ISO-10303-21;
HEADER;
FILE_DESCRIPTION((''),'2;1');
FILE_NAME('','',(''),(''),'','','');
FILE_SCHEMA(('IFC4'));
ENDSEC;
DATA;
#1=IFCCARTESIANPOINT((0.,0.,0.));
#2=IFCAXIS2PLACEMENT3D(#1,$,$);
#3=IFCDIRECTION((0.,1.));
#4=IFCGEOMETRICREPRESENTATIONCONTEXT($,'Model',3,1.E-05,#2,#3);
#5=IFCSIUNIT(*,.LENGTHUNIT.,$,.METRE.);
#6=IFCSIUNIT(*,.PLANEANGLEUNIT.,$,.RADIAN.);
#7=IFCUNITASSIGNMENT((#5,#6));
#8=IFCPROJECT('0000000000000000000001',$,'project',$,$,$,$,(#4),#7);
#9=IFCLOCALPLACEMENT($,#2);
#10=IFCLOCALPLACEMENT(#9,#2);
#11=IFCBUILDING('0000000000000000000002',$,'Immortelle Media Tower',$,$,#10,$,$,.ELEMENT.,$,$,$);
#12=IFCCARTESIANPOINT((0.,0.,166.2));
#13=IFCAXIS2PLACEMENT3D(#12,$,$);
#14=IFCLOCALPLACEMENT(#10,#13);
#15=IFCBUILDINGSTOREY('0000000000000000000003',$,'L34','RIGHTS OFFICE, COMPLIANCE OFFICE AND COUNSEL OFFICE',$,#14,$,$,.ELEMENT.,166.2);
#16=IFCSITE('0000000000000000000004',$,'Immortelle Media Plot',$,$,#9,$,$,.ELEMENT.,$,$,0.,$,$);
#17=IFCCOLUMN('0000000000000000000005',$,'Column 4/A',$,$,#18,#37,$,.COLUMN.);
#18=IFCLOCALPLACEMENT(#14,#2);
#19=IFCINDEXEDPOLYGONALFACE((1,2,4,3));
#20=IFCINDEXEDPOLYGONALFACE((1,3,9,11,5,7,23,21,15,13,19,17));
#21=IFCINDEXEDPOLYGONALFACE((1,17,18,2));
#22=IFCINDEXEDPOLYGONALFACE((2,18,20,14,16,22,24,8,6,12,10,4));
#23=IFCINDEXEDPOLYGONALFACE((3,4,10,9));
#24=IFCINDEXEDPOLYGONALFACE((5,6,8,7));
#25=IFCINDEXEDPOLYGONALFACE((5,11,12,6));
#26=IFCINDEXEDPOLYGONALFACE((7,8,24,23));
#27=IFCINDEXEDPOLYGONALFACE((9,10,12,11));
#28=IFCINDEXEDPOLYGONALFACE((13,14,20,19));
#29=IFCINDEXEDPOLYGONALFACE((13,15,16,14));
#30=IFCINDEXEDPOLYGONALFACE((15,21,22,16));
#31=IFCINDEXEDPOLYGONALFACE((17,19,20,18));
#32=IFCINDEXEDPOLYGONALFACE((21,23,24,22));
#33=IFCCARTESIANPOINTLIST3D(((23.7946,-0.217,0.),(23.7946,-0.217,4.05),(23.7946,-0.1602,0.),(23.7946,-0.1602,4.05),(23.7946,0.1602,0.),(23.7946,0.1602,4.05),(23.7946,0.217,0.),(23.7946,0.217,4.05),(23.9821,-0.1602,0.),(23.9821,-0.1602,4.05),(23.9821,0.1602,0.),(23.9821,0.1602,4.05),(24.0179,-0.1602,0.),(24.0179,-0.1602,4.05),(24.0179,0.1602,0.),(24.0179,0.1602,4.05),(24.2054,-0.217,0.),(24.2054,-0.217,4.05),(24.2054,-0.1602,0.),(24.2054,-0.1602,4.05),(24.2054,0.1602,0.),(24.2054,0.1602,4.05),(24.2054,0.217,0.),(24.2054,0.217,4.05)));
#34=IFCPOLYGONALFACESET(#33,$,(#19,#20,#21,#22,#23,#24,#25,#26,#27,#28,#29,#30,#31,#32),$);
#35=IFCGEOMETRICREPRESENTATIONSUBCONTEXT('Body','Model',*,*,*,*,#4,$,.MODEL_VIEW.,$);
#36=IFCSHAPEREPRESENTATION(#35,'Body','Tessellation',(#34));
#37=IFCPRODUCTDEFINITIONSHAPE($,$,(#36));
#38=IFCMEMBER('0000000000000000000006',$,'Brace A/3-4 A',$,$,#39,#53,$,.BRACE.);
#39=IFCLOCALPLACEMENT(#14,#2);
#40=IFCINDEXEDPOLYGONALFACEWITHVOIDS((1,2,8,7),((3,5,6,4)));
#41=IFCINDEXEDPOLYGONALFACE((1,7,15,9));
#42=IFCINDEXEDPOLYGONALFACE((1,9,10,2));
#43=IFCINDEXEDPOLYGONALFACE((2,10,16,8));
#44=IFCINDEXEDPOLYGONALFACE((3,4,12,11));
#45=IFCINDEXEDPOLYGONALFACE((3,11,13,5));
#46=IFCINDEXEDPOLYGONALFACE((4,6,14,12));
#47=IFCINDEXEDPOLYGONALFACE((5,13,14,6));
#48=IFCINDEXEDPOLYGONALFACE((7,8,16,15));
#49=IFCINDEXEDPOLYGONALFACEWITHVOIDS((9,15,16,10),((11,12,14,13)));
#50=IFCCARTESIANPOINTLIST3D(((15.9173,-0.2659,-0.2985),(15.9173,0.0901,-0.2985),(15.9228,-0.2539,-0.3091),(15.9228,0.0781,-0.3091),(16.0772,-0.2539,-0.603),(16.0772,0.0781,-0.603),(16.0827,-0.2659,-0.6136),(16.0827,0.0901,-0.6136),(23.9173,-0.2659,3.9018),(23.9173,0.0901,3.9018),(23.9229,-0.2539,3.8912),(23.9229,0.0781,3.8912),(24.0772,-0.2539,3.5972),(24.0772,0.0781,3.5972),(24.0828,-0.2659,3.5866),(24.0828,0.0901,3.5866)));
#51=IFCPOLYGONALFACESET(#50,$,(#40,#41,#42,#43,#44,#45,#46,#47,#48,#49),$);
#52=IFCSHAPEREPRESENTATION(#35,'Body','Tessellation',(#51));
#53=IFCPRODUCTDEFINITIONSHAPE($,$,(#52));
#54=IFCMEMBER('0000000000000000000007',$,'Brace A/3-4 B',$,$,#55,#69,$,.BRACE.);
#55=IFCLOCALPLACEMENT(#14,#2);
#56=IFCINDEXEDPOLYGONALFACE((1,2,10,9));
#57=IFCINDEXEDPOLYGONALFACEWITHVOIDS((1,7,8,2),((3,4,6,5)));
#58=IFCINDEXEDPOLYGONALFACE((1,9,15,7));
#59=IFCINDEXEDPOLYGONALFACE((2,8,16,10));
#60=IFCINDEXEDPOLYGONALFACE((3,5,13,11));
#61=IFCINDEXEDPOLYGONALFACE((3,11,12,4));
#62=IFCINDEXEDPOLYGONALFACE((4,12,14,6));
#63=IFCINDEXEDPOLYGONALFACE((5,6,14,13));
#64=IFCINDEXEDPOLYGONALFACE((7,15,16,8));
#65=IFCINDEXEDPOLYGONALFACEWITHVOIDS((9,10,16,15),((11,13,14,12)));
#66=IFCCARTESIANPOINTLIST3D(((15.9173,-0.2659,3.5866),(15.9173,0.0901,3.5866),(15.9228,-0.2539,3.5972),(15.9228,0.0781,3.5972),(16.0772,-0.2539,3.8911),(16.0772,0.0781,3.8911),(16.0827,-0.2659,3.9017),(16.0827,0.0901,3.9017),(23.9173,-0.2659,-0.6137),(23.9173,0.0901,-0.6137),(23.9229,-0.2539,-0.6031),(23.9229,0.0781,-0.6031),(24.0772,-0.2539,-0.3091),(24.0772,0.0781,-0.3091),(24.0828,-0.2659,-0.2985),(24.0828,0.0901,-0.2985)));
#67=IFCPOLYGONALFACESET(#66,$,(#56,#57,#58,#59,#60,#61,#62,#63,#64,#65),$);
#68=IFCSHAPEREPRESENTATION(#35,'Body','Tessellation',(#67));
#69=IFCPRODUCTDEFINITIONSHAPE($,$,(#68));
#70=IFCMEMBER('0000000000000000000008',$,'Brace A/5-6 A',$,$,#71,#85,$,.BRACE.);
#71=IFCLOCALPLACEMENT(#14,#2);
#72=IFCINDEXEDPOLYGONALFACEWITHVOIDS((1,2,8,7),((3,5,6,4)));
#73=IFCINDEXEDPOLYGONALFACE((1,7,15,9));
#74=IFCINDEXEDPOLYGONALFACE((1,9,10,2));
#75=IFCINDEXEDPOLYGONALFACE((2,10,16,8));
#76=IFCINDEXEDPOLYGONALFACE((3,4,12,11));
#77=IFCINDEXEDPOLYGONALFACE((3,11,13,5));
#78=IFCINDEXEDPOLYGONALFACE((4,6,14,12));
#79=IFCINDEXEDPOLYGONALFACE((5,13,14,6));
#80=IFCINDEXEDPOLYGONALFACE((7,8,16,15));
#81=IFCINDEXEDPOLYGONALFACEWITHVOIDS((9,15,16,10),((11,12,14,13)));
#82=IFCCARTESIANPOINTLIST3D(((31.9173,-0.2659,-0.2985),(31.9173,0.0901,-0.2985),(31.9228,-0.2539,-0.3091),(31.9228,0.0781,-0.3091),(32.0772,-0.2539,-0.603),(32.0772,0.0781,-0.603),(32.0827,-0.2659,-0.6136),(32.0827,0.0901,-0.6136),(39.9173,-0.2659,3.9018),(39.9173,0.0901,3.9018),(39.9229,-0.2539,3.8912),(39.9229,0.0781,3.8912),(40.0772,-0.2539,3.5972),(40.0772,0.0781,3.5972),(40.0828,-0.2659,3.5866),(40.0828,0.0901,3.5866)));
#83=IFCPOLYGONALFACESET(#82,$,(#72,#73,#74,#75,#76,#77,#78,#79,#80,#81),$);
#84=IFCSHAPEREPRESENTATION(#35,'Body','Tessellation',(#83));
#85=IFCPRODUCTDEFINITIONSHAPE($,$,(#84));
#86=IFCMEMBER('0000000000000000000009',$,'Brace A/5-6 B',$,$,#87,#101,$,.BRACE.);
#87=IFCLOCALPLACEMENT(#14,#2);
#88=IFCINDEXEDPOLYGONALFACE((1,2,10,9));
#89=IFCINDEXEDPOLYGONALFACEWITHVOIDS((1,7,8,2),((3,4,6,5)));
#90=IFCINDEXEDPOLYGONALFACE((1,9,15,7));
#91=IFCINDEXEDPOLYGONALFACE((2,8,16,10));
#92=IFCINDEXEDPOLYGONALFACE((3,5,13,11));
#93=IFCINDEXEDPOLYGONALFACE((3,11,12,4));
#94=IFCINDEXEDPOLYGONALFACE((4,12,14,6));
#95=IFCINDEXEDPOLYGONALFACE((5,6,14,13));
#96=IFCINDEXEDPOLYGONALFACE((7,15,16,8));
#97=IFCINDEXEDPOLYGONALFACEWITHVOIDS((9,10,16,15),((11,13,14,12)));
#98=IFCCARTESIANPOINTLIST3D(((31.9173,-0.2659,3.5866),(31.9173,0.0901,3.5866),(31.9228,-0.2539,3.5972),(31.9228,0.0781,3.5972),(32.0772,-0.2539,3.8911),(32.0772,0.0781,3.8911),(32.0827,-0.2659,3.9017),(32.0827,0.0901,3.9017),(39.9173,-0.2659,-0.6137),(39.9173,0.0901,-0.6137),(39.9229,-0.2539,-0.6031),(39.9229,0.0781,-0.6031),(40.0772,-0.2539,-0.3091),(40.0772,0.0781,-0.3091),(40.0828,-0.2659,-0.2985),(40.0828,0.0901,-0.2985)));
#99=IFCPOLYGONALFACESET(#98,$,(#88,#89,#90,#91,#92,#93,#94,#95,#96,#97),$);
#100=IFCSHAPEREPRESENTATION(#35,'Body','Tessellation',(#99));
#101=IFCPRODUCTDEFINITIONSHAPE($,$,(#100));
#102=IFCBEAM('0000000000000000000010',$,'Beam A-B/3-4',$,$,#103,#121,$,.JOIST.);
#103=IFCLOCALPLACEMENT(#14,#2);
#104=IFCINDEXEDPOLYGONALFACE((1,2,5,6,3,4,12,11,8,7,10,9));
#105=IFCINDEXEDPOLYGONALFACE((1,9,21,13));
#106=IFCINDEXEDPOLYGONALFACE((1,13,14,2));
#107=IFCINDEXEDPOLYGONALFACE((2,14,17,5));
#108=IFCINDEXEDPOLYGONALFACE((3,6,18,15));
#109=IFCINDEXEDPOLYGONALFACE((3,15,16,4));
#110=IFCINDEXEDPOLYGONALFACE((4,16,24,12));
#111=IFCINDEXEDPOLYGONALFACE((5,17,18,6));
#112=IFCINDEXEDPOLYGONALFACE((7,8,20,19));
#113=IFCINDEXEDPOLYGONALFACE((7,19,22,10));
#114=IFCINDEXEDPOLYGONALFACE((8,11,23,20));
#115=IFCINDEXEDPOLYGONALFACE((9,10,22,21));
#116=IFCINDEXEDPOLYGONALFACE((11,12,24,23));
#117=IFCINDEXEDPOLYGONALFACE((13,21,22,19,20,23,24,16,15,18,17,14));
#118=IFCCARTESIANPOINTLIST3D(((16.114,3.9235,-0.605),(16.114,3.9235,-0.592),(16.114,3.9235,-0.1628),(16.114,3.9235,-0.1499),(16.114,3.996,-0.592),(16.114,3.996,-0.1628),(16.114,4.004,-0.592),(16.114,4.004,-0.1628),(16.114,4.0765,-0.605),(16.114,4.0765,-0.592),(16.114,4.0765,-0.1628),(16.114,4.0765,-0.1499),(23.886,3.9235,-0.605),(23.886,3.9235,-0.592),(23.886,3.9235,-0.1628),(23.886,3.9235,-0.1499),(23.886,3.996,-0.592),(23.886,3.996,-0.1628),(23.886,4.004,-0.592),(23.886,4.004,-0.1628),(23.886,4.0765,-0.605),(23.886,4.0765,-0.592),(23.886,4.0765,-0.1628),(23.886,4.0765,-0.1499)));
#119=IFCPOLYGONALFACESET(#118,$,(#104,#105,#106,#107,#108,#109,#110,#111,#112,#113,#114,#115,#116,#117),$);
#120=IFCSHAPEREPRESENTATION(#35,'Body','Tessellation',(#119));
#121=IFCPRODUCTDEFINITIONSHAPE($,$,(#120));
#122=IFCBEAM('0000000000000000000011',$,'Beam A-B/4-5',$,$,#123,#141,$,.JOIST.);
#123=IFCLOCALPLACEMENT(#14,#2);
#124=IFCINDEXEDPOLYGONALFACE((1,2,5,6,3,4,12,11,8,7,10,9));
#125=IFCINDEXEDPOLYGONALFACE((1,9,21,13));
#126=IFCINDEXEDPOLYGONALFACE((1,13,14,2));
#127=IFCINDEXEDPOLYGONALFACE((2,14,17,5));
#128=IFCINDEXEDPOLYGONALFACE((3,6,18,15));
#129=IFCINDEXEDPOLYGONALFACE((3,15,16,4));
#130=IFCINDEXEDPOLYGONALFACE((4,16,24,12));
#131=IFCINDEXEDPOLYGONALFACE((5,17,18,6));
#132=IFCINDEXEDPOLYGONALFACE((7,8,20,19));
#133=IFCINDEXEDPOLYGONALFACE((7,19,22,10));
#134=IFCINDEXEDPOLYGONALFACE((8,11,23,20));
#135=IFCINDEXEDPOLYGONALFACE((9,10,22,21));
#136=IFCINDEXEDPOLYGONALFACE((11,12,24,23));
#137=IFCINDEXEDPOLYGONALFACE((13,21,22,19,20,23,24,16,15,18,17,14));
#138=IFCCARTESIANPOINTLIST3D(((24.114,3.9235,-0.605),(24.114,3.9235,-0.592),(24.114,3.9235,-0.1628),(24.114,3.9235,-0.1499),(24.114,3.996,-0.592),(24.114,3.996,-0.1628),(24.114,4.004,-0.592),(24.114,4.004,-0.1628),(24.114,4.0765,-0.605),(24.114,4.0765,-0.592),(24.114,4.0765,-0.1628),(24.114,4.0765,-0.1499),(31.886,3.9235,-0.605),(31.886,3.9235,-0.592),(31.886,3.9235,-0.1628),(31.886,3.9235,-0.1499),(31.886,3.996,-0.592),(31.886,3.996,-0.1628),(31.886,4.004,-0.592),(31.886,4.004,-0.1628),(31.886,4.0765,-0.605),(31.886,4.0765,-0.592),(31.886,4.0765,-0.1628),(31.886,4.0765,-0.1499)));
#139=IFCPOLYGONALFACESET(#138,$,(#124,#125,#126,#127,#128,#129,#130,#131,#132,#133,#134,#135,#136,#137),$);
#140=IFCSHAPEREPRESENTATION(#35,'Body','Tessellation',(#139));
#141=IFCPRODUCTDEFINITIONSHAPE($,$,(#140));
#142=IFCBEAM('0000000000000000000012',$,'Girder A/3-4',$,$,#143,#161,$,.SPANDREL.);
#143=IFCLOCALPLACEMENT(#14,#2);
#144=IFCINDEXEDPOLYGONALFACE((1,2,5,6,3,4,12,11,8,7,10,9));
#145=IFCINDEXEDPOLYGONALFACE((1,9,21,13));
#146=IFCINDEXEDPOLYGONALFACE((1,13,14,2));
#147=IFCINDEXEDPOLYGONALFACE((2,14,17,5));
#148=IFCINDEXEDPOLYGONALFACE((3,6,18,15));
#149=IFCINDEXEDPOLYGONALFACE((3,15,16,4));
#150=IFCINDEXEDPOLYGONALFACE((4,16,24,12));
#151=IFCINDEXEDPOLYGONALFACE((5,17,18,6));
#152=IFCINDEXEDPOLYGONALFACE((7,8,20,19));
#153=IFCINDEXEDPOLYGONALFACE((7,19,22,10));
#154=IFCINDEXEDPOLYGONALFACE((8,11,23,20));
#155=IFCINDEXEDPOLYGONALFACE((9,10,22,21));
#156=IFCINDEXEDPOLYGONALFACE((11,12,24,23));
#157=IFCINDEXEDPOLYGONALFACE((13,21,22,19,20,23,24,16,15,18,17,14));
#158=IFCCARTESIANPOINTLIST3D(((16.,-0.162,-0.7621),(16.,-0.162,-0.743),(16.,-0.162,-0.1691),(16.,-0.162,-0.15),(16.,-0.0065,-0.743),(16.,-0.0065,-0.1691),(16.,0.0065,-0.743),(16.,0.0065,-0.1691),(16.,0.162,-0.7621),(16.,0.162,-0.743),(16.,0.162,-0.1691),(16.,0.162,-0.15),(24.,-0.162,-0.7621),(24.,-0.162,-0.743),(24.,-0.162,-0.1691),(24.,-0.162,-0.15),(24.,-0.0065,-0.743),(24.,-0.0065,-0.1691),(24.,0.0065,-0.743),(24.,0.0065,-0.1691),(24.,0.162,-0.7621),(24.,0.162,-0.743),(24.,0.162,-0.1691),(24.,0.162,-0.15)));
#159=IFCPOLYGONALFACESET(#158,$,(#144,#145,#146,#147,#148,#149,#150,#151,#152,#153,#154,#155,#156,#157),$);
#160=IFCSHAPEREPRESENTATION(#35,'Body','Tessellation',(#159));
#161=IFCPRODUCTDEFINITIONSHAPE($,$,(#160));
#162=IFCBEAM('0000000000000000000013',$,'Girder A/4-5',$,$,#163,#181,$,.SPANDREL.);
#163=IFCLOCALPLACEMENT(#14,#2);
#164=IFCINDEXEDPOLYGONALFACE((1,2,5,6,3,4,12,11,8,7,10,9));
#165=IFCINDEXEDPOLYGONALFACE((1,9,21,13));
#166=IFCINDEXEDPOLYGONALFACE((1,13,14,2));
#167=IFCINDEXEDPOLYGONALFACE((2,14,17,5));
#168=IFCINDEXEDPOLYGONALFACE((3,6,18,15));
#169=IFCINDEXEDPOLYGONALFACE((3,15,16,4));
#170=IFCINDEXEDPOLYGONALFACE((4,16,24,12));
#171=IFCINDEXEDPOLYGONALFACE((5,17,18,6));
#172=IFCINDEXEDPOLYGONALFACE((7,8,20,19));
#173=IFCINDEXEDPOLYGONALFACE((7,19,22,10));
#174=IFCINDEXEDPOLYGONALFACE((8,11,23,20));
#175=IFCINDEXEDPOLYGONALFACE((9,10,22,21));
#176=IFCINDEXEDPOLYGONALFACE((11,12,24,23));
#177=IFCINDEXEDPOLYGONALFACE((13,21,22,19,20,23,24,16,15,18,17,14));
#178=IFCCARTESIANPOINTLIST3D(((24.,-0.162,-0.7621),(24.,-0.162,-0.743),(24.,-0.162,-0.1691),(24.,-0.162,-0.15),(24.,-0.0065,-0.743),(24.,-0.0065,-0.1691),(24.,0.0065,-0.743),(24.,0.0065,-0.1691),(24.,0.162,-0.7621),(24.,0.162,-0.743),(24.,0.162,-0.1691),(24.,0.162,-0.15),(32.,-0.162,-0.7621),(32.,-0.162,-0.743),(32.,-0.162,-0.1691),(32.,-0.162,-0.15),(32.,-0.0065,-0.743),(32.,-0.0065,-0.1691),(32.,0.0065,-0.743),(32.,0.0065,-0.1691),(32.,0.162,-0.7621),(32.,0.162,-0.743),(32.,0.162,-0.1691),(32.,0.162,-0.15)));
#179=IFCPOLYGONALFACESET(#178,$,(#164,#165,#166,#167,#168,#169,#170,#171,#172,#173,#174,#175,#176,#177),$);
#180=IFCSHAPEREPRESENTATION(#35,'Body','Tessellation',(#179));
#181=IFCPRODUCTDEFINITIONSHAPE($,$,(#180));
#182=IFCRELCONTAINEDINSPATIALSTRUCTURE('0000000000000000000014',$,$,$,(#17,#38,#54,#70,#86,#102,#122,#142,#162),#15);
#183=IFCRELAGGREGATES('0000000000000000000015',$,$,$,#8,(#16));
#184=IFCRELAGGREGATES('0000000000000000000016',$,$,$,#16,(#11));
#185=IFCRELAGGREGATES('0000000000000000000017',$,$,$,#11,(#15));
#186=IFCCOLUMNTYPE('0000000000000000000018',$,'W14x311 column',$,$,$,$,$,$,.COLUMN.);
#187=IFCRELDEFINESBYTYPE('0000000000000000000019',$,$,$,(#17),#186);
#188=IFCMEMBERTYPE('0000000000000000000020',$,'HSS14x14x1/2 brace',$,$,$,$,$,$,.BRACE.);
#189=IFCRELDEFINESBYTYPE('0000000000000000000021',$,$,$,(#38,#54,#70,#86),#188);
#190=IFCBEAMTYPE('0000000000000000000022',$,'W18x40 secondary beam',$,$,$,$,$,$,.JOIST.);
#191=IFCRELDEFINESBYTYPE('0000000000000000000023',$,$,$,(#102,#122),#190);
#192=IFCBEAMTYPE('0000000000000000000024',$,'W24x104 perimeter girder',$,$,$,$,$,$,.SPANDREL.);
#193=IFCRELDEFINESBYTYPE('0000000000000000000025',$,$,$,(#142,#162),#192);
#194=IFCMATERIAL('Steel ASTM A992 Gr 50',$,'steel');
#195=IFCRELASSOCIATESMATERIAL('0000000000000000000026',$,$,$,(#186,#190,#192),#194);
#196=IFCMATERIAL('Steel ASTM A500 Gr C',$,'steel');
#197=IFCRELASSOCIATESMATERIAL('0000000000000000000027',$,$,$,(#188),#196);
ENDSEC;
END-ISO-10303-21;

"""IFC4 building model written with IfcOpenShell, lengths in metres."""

from ifc_helpers import new_model, si_unit, direction, frame, origin, origin_2d, place, context, subcontext, project, spatial, hollow_rectangle, i_section, extrude, material, material_profile, profile_set, type_object, element, save


model = new_model("IFC4")

# Units and contexts
model_context = context("Model", 3, precision=1e-05, world=origin(), true_north=direction((0.0, 1.0)))
body_context = subcontext(model_context, "Body", "Model", "MODEL_VIEW")
ifc_project = project(units=[si_unit("LENGTHUNIT", "METRE"), si_unit("PLANEANGLEUNIT", "RADIAN")], contexts=[model_context])

# Site, building, storey
site_placement = place(None, origin())
site = spatial("IfcSite", under=ifc_project, at=site_placement, Name="Immortelle Media Plot", CompositionType="ELEMENT", RefElevation=0.0)
building_placement = place(site_placement, origin())
building = spatial("IfcBuilding", under=site, at=building_placement, Name="Immortelle Media Tower", CompositionType="ELEMENT")
storey_placement = place(building_placement, frame((0.0, 0.0, 166.2)))
storey = spatial("IfcBuildingStorey", under=building, at=storey_placement, Name="L34", Description="RIGHTS OFFICE, COMPLIANCE OFFICE AND COUNSEL OFFICE", CompositionType="ELEMENT", Elevation=166.2)

# Column
ifc_material_1 = material(Name="Steel ASTM A992 Gr 50", Category="steel")
ifc_material_profile_1 = material_profile(ifc_material_1, i_section(OverallWidth=0.4109, OverallDepth=0.4341, WebThickness=0.0359, FlangeThickness=0.0569, at=origin_2d()), Name="W14x311")
ifc_profile_set_1 = profile_set([ifc_material_profile_1], Name="Steel ASTM A992 Gr 50")
column_type = type_object("IfcColumnType", Name="W14x311 column", PredefinedType="COLUMN", material=ifc_profile_set_1)
column_placement = place(storey_placement, frame((24.0, 0.0, 0.0), z_axis=(0.0, 0.0, 1.0), x_axis=(1.0, 0.0, 0.0)))
element("IfcColumn", 1, at=column_placement, inside=storey, type_object=column_type, Name="Column 4/A", PredefinedType="COLUMN", context=body_context, shape_type="SweptSolid", body=[
    extrude(i_section(OverallWidth=0.4109, OverallDepth=0.4341, WebThickness=0.0359, FlangeThickness=0.0569, at=origin_2d()), origin(), (0.0, 0.0, 1.0), 4.05),
])

# Members
ifc_material_2 = material(Name="Steel ASTM A500 Gr C", Category="steel")
ifc_material_profile_2 = material_profile(ifc_material_2, hollow_rectangle(XDim=0.356, YDim=0.356, WallThickness=0.012, at=origin_2d()), Name="HSS14x14x1/2 brace")
ifc_profile_set_2 = profile_set([ifc_material_profile_2], Name="Steel ASTM A500 Gr C")
member_type = type_object("IfcMemberType", Name="HSS14x14x1/2 brace", PredefinedType="BRACE", material=ifc_profile_set_2)
for number, where, z_axis, x_axis, name in (
    (2, (16.0, -0.0879, -0.4561), (0.885389, 0.0, 0.464851), (0.0, 1.0, 0.0), "Brace A/3-4 A"),
    (3, (16.0, -0.0879, 3.7441), (0.885389, 0.0, -0.464851), (0.0, 1.0, 0.0), "Brace A/3-4 B"),
    (4, (32.0, -0.0879, -0.4561), (0.885389, 0.0, 0.464851), (0.0, 1.0, 0.0), "Brace A/5-6 A"),
    (5, (32.0, -0.0879, 3.7441), (0.885389, 0.0, -0.464851), (0.0, 1.0, 0.0), "Brace A/5-6 B"),
):
    element("IfcMember", number, at=place(storey_placement, frame(where, z_axis=z_axis, x_axis=x_axis)), inside=storey, type_object=member_type, Name=name, PredefinedType="BRACE", context=body_context, shape_type="SweptSolid", body=[
        extrude(hollow_rectangle(XDim=0.356, YDim=0.356, WallThickness=0.012, at=origin_2d()), origin(), (0.0, 0.0, 1.0), 9.0356),
    ])

# Beams
ifc_material_profile_3 = material_profile(ifc_material_1, i_section(OverallWidth=0.1531, OverallDepth=0.4551, WebThickness=0.0081, FlangeThickness=0.0129, at=origin_2d()), Name="W18x40")
ifc_profile_set_3 = profile_set([ifc_material_profile_3], Name="Steel ASTM A992 Gr 50")
beam_type_1 = type_object("IfcBeamType", Name="W18x40 secondary beam", PredefinedType="JOIST", material=ifc_profile_set_3)
for number, where, z_axis, x_axis, name in (
    (6, (16.114, 4.0, -0.3774), (1.0, 0.0, 0.0), (0.0, 1.0, 0.0), "Beam A-B/3-4"),
    (7, (24.114, 4.0, -0.3774), (1.0, 0.0, 0.0), (0.0, 1.0, 0.0), "Beam A-B/4-5"),
):
    element("IfcBeam", number, at=place(storey_placement, frame(where, z_axis=z_axis, x_axis=x_axis)), inside=storey, type_object=beam_type_1, Name=name, PredefinedType="JOIST", context=body_context, shape_type="SweptSolid", body=[
        extrude(i_section(OverallWidth=0.1531, OverallDepth=0.4551, WebThickness=0.0081, FlangeThickness=0.0129, at=origin_2d()), origin(), (0.0, 0.0, 1.0), 7.772),
    ])
ifc_material_profile_4 = material_profile(ifc_material_1, i_section(OverallWidth=0.324, OverallDepth=0.6121, WebThickness=0.0129, FlangeThickness=0.019, at=origin_2d()), Name="W24x104")
ifc_profile_set_4 = profile_set([ifc_material_profile_4], Name="Steel ASTM A992 Gr 50")
beam_type_2 = type_object("IfcBeamType", Name="W24x104 perimeter girder", PredefinedType="SPANDREL", material=ifc_profile_set_4)
for number, where, z_axis, x_axis, name in (
    (8, (16.0, 0.0, -0.4561), (1.0, 0.0, 0.0), (0.0, 1.0, 0.0), "Girder A/3-4"),
    (9, (24.0, 0.0, -0.4561), (1.0, 0.0, 0.0), (0.0, 1.0, 0.0), "Girder A/4-5"),
):
    element("IfcBeam", number, at=place(storey_placement, frame(where, z_axis=z_axis, x_axis=x_axis)), inside=storey, type_object=beam_type_2, Name=name, PredefinedType="SPANDREL", context=body_context, shape_type="SweptSolid", body=[
        extrude(i_section(OverallWidth=0.324, OverallDepth=0.6121, WebThickness=0.0129, FlangeThickness=0.019, at=origin_2d()), origin(), (0.0, 0.0, 1.0), 8.0),
    ])

save(model, "model.ifc")
